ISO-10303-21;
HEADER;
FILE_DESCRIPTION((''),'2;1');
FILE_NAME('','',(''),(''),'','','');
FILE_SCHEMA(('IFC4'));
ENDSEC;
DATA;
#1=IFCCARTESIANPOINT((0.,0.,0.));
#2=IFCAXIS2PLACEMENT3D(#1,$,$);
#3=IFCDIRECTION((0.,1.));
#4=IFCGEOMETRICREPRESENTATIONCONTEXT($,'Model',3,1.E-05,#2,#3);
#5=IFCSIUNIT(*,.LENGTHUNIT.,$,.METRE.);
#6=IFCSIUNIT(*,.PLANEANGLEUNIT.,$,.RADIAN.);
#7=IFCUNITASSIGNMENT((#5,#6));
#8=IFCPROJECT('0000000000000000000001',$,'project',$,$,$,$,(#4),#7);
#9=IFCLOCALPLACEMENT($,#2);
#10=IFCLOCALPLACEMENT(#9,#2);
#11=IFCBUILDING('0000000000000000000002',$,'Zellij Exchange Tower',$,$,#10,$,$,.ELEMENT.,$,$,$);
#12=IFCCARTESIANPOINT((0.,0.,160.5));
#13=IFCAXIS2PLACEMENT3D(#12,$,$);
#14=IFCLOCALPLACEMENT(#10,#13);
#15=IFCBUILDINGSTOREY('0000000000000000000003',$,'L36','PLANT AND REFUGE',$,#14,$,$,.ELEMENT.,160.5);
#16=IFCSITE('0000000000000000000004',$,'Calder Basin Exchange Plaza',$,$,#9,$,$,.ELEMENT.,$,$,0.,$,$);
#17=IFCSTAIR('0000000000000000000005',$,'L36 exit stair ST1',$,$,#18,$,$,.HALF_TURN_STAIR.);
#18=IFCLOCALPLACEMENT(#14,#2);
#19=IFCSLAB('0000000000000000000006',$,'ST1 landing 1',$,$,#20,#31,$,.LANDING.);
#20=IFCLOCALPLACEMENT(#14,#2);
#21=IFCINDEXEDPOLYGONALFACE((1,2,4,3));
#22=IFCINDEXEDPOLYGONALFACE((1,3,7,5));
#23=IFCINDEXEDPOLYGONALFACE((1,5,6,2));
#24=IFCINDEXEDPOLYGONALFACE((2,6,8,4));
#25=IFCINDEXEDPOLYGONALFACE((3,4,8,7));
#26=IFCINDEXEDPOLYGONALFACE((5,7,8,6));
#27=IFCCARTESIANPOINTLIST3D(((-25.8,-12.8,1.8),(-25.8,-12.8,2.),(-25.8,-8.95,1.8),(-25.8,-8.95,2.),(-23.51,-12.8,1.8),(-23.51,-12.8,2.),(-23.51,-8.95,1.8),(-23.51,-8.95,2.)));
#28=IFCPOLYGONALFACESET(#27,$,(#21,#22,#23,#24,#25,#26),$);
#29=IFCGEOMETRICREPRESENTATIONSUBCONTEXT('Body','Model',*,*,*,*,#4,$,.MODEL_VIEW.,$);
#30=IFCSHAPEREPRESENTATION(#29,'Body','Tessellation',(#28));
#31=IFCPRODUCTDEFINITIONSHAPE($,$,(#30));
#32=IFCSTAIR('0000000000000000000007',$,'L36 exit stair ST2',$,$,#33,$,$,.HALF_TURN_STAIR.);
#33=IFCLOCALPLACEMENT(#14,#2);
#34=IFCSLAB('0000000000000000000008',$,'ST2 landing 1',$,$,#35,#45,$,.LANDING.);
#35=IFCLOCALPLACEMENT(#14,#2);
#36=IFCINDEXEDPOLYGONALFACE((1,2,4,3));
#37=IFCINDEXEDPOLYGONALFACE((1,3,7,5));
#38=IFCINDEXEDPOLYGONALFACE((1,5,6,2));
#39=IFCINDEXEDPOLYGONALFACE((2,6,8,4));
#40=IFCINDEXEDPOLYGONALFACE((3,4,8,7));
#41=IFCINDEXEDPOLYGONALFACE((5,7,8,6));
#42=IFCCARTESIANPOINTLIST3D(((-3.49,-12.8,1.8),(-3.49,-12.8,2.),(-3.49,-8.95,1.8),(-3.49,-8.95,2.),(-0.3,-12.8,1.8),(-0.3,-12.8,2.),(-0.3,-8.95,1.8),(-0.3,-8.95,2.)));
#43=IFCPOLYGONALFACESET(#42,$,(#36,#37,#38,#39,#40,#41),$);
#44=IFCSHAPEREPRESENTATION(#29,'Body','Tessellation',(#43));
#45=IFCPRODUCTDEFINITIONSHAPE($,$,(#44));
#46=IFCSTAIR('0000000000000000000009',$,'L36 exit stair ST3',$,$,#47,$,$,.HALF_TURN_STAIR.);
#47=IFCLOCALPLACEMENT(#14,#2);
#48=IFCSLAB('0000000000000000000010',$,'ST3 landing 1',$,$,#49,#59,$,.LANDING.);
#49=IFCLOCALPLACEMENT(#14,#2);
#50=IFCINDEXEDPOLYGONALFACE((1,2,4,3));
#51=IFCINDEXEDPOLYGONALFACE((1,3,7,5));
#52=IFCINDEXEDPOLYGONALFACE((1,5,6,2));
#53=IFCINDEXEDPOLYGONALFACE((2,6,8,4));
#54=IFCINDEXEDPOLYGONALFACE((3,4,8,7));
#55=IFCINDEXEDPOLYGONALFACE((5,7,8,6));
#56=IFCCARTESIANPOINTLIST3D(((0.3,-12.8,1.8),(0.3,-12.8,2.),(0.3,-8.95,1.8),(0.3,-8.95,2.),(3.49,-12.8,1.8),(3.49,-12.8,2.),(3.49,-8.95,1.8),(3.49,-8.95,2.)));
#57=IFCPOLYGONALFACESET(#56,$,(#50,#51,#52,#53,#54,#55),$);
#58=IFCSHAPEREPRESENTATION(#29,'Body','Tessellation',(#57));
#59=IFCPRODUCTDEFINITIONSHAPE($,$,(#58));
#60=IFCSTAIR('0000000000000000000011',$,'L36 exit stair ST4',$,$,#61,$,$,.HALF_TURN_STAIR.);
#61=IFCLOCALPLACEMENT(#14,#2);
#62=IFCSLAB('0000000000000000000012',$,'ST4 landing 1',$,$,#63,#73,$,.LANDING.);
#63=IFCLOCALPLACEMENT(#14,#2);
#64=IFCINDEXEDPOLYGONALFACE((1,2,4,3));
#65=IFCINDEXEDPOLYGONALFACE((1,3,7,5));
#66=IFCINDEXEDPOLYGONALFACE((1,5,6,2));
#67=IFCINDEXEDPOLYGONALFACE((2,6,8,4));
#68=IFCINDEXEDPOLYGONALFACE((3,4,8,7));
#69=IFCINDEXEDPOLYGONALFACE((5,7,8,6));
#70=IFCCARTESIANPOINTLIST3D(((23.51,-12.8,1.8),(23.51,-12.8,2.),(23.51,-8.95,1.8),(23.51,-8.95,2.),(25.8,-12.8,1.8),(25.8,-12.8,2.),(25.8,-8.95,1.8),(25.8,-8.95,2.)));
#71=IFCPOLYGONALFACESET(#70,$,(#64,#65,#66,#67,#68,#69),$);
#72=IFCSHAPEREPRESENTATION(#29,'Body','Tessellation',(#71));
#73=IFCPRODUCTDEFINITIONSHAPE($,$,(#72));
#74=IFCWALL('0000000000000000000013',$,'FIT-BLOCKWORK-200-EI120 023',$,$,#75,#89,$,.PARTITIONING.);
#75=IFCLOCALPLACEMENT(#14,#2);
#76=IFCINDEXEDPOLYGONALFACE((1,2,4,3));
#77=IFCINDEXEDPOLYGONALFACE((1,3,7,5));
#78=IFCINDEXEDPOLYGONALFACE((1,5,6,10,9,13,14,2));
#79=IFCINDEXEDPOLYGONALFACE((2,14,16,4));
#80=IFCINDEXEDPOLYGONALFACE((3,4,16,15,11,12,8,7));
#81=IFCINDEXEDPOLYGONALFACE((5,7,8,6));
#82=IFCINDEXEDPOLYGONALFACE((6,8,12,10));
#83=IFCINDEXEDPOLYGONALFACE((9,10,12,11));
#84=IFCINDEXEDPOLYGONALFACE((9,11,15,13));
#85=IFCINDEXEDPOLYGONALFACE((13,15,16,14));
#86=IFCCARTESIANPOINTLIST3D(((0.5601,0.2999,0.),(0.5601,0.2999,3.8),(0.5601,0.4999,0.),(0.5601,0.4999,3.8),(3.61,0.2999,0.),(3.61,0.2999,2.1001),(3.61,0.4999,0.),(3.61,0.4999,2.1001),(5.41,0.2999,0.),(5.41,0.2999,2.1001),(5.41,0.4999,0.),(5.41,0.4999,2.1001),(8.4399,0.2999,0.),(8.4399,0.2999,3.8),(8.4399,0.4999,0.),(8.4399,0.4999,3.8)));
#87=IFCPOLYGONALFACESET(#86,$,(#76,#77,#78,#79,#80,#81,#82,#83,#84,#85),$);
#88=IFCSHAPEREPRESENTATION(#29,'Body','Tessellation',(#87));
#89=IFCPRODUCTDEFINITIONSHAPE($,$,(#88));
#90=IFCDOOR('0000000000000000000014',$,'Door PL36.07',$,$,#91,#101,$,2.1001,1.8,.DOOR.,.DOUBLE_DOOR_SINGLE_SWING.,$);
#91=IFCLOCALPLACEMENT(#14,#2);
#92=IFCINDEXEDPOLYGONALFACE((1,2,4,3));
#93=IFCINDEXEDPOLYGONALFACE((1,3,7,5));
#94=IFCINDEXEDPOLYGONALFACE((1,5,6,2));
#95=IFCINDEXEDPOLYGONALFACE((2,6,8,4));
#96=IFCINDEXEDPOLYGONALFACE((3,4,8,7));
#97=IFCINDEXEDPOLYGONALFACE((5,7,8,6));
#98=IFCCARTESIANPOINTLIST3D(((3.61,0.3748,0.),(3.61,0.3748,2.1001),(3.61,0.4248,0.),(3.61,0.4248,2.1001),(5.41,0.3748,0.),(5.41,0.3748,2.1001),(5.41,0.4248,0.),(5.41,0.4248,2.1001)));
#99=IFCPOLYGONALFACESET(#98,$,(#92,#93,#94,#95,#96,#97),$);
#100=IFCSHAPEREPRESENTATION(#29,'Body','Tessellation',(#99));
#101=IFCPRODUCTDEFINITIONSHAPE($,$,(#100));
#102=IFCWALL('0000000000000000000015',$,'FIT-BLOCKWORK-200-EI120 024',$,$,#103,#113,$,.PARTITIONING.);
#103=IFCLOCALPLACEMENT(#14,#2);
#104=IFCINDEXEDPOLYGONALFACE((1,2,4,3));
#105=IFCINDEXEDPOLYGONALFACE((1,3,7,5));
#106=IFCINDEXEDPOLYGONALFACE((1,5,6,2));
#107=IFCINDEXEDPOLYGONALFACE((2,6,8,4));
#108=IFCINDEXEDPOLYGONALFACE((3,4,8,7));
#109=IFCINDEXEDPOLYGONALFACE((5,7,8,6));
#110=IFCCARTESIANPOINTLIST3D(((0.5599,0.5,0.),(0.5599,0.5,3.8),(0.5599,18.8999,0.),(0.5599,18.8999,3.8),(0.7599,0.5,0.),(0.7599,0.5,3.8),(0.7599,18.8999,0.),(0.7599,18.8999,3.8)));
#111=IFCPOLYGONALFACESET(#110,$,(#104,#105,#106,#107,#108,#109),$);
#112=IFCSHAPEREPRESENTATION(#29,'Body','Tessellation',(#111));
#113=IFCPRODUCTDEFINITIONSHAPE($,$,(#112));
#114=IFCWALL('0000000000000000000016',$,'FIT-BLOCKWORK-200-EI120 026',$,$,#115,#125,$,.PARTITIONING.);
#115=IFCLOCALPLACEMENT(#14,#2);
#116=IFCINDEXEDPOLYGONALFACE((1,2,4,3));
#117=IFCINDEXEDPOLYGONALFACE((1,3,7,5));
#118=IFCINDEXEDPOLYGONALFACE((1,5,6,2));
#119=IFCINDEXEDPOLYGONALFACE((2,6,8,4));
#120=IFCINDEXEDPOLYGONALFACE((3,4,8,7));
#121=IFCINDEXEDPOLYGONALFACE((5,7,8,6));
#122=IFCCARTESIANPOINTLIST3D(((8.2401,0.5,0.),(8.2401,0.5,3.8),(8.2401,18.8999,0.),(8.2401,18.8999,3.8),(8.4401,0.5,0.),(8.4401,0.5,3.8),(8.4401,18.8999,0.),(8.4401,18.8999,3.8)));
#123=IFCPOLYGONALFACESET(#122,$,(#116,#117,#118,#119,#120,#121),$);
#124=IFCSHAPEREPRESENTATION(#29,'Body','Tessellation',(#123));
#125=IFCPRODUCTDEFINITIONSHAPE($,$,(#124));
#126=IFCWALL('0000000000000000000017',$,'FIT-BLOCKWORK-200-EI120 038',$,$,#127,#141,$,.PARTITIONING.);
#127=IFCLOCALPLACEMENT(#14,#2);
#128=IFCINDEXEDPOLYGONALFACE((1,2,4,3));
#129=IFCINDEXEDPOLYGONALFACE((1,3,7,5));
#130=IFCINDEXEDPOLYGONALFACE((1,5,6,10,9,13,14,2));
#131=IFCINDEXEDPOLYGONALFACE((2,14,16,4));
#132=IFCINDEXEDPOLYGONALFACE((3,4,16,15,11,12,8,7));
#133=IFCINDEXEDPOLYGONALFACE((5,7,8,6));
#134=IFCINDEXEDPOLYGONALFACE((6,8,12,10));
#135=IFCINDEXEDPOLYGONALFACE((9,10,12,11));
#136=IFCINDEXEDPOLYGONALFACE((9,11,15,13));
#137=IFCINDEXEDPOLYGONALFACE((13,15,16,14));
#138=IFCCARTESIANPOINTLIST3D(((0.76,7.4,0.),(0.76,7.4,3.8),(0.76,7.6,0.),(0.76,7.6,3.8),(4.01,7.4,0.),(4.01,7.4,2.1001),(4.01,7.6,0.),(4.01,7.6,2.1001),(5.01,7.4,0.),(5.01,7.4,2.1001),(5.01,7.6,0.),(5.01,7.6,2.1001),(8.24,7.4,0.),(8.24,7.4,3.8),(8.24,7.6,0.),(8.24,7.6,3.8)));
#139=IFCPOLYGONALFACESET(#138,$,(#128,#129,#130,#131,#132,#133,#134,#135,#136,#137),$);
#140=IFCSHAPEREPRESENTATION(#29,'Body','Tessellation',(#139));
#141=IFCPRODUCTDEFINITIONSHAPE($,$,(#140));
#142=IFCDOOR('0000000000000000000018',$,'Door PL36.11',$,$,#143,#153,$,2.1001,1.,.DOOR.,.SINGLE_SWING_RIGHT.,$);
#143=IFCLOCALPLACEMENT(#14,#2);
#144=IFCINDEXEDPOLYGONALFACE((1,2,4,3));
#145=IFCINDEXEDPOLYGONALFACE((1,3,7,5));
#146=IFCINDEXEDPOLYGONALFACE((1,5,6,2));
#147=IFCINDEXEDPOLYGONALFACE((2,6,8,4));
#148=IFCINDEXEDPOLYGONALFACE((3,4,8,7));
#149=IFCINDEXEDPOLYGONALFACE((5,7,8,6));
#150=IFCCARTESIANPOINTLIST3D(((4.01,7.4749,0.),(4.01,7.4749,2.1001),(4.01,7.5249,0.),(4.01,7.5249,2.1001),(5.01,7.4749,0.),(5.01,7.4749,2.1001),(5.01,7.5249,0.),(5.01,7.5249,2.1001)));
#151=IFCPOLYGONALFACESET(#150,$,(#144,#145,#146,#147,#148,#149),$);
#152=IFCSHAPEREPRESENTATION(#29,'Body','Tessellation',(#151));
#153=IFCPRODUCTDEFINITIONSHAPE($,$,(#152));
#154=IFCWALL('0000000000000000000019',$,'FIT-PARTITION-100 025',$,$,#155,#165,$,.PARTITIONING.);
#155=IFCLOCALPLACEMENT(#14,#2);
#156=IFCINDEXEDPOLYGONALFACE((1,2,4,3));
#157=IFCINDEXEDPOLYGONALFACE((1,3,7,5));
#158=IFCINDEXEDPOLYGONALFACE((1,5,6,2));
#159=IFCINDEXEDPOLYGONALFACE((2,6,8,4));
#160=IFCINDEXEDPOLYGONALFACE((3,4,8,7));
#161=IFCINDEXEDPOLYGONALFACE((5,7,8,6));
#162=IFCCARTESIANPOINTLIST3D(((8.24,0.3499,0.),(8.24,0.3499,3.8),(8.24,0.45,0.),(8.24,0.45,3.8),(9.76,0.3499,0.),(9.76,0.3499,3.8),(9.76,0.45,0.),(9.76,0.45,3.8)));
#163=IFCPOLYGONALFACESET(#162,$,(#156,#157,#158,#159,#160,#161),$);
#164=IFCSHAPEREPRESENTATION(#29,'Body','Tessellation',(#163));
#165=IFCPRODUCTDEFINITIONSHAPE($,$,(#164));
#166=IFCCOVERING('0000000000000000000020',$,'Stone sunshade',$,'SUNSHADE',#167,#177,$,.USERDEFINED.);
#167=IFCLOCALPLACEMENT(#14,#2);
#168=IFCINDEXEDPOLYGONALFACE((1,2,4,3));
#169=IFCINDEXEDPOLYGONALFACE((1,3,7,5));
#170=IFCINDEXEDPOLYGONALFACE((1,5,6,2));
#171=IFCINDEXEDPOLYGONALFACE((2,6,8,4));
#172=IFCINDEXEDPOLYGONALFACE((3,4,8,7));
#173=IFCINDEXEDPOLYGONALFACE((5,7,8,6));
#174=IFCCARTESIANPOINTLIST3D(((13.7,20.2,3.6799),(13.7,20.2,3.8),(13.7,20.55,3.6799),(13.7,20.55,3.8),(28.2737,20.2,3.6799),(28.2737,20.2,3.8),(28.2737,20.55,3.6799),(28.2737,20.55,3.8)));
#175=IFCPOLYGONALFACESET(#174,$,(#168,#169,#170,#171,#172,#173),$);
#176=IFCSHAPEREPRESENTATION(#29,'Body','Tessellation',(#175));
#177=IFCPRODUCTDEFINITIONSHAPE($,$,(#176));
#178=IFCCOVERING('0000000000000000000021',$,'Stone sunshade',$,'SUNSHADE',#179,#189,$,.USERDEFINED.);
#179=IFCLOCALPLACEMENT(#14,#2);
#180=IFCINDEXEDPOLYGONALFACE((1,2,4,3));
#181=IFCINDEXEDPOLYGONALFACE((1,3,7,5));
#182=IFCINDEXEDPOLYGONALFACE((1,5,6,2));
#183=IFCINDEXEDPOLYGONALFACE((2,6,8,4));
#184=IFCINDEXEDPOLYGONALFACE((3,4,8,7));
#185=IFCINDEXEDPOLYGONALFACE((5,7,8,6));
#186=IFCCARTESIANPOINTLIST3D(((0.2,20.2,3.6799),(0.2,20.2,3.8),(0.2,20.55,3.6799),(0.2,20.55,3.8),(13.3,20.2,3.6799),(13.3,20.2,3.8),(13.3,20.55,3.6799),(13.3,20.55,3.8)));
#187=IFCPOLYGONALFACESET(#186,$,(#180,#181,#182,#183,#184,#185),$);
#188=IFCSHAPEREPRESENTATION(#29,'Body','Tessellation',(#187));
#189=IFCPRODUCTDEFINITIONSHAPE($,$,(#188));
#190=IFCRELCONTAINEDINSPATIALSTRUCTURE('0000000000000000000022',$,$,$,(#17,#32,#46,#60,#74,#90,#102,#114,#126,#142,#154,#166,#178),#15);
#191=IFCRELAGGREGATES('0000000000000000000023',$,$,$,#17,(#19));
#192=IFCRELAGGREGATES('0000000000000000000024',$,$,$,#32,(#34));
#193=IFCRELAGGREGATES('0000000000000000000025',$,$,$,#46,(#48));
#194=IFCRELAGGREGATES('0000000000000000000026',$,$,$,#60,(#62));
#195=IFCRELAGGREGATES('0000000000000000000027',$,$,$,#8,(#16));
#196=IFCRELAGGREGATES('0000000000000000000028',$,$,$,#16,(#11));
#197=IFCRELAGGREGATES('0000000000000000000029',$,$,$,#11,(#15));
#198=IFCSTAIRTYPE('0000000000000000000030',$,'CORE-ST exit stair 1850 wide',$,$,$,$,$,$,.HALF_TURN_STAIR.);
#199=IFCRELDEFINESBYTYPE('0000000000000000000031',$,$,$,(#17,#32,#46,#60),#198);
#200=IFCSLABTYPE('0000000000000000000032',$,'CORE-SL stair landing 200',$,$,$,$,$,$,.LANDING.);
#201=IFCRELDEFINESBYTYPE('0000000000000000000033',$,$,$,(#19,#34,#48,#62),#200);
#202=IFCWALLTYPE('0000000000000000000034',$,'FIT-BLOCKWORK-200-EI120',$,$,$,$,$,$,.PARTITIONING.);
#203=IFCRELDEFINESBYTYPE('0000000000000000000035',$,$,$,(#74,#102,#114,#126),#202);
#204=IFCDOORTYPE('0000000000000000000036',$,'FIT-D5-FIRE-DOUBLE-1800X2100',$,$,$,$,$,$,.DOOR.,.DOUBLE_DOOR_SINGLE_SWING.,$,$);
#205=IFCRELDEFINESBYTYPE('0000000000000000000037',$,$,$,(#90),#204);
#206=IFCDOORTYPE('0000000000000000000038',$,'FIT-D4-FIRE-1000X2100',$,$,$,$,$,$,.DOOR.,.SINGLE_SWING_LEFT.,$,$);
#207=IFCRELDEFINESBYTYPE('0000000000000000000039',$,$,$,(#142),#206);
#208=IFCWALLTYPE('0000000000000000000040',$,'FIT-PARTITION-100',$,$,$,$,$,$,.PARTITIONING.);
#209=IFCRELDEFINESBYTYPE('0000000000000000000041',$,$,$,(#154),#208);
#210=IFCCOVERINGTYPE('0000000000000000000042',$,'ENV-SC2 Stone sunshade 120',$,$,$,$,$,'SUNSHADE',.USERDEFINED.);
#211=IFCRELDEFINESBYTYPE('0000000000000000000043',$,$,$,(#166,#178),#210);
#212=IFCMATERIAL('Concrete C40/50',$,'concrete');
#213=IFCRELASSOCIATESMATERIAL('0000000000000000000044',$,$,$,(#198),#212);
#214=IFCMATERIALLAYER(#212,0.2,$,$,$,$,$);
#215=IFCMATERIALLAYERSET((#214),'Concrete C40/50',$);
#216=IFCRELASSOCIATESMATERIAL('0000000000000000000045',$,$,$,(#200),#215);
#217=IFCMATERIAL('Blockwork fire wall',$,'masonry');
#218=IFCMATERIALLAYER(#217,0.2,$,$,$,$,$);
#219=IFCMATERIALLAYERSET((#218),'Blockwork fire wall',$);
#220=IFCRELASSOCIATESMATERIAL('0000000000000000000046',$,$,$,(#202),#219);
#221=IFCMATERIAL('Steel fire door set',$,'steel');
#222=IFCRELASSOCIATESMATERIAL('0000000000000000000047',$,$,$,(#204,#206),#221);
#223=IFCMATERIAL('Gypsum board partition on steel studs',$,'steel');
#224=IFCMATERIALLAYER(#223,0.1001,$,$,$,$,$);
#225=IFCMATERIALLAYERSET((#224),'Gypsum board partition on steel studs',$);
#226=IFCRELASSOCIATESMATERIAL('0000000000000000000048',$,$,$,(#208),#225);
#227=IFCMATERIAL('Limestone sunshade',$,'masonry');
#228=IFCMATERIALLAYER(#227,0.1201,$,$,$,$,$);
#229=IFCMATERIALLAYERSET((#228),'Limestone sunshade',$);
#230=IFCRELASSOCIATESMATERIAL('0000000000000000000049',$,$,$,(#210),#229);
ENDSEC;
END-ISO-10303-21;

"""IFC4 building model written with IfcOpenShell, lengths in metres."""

from ifc_helpers import new_model, si_unit, direction, frame, frame_2d, origin, place, context, subcontext, project, spatial, polyline, rectangle, outline, extrude, material, layer, layer_set, type_object, element, fill, aggregate, save


model = new_model("IFC4")

# Units and contexts
model_context = context("Model", 3, precision=1e-05, world=origin(), true_north=direction((0.0, 1.0)))
body_context = subcontext(model_context, "Body", "Model", "MODEL_VIEW")
ifc_project = project(units=[si_unit("LENGTHUNIT", "METRE"), si_unit("PLANEANGLEUNIT", "RADIAN")], contexts=[model_context])

# Site, building, storey
site_placement = place(None, origin())
site = spatial("IfcSite", under=ifc_project, at=site_placement, Name="Calder Basin Exchange Plaza", CompositionType="ELEMENT", RefElevation=0.0)
building_placement = place(site_placement, origin())
building = spatial("IfcBuilding", under=site, at=building_placement, Name="Zellij Exchange Tower", CompositionType="ELEMENT")
storey_placement = place(building_placement, frame((0.0, 0.0, 160.5)))
storey = spatial("IfcBuildingStorey", under=building, at=storey_placement, Name="L36", Description="PLANT AND REFUGE", CompositionType="ELEMENT", Elevation=160.5)

# Stairs, slabs
ifc_material_1 = material(Name="Concrete C40/50", Category="concrete")
stair_type = type_object("IfcStairType", Name="CORE-ST exit stair 1850 wide", PredefinedType="HALF_TURN_STAIR", material=ifc_material_1)
stair_1_placement = place(storey_placement, origin())
stair_1 = element("IfcStair", 1, at=stair_1_placement, inside=storey, type_object=stair_type, Name="L36 exit stair ST1", PredefinedType="HALF_TURN_STAIR")
ifc_layer_1 = layer(ifc_material_1, 0.2)
ifc_layer_set_1 = layer_set([ifc_layer_1], Name="Concrete C40/50")
slab_type = type_object("IfcSlabType", Name="CORE-SL stair landing 200", PredefinedType="LANDING", material=ifc_layer_set_1)
slab_1_placement = place(storey_placement, frame((0.0, 0.0, 1.8)))
slab_1 = element("IfcSlab", 2, at=slab_1_placement, type_object=slab_type, Name="ST1 landing 1", PredefinedType="LANDING", context=body_context, shape_type="SweptSolid", body=[
    extrude(outline(polyline([(-23.51, -8.95), (-25.8, -8.95), (-25.8, -12.8), (-23.51, -12.8), (-23.51, -8.95)])), origin(), (0.0, 0.0, 1.0), 0.2),
])
aggregate(stair_1, [slab_1])
stair_2_placement = place(storey_placement, origin())
stair_2 = element("IfcStair", 3, at=stair_2_placement, inside=storey, type_object=stair_type, Name="L36 exit stair ST2", PredefinedType="HALF_TURN_STAIR")
slab_2_placement = place(storey_placement, frame((0.0, 0.0, 1.8)))
slab_2 = element("IfcSlab", 4, at=slab_2_placement, type_object=slab_type, Name="ST2 landing 1", PredefinedType="LANDING", context=body_context, shape_type="SweptSolid", body=[
    extrude(outline(polyline([(-3.49, -12.8), (-0.3, -12.8), (-0.3, -8.95), (-3.49, -8.95), (-3.49, -12.8)])), origin(), (0.0, 0.0, 1.0), 0.2),
])
aggregate(stair_2, [slab_2])
stair_3_placement = place(storey_placement, origin())
stair_3 = element("IfcStair", 5, at=stair_3_placement, inside=storey, type_object=stair_type, Name="L36 exit stair ST3", PredefinedType="HALF_TURN_STAIR")
slab_3_placement = place(storey_placement, frame((0.0, 0.0, 1.8)))
slab_3 = element("IfcSlab", 6, at=slab_3_placement, type_object=slab_type, Name="ST3 landing 1", PredefinedType="LANDING", context=body_context, shape_type="SweptSolid", body=[
    extrude(outline(polyline([(3.49, -8.95), (0.3, -8.95), (0.3, -12.8), (3.49, -12.8), (3.49, -8.95)])), origin(), (0.0, 0.0, 1.0), 0.2),
])
aggregate(stair_3, [slab_3])
stair_4_placement = place(storey_placement, origin())
stair_4 = element("IfcStair", 7, at=stair_4_placement, inside=storey, type_object=stair_type, Name="L36 exit stair ST4", PredefinedType="HALF_TURN_STAIR")
slab_4_placement = place(storey_placement, frame((0.0, 0.0, 1.8)))
slab_4 = element("IfcSlab", 8, at=slab_4_placement, type_object=slab_type, Name="ST4 landing 1", PredefinedType="LANDING", context=body_context, shape_type="SweptSolid", body=[
    extrude(outline(polyline([(23.51, -12.8), (25.8, -12.8), (25.8, -8.95), (23.51, -8.95), (23.51, -12.8)])), origin(), (0.0, 0.0, 1.0), 0.2),
])
aggregate(stair_4, [slab_4])

# Wall, opening, door
ifc_material_2 = material(Name="Blockwork fire wall", Category="masonry")
ifc_layer_2 = layer(ifc_material_2, 0.2)
ifc_layer_set_2 = layer_set([ifc_layer_2], Name="Blockwork fire wall")
wall_type_1 = type_object("IfcWallType", Name="FIT-BLOCKWORK-200-EI120", PredefinedType="PARTITIONING", material=ifc_layer_set_2)
wall_1_placement = place(storey_placement, frame((0.5601, 0.3999, 0.0), z_axis=(0.0, 0.0, 1.0), x_axis=(1.0, 0.0, 0.0)))
wall_1 = element("IfcWall", 9, at=wall_1_placement, inside=storey, type_object=wall_type_1, Name="FIT-BLOCKWORK-200-EI120 023", PredefinedType="PARTITIONING", context=body_context, shape_type="SweptSolid", body=[
    extrude(rectangle(XDim=7.8799, YDim=0.2, at=frame_2d((3.9399, 0.0))), origin(), (0.0, 0.0, 1.0), 3.8),
])
opening_1_placement = place(wall_1_placement, frame((3.05, 0.0, 0.0)))
opening_1 = element("IfcOpeningElement", 10, at=opening_1_placement, cuts=wall_1, PredefinedType="OPENING", context=body_context, shape_type="SweptSolid", body=[
    extrude(rectangle(XDim=1.8, YDim=2.1001, at=frame_2d((0.8999, 1.05))), frame((0.0, 0.1118, 0.0), z_axis=(0.0, -1.0, 0.0), x_axis=(1.0, 0.0, 0.0)), (0.0, 0.0, 1.0), 0.2239),
])
ifc_material_3 = material(Name="Steel fire door set", Category="steel")
door_type_1 = type_object("IfcDoorType", Name="FIT-D5-FIRE-DOUBLE-1800X2100", OperationType="DOUBLE_DOOR_SINGLE_SWING", PredefinedType="DOOR", material=ifc_material_3)
door_1_placement = place(opening_1_placement, origin())
door_1 = element("IfcDoor", 11, at=door_1_placement, inside=storey, type_object=door_type_1, Name="Door PL36.07", OperationType="DOUBLE_DOOR_SINGLE_SWING", OverallHeight=2.1001, OverallWidth=1.8, PredefinedType="DOOR", context=body_context, shape_type="SweptSolid", body=[
    extrude(rectangle(XDim=1.8, YDim=2.1001, at=frame_2d((0.8999, 1.05))), frame((0.0, 0.0249, 0.0), z_axis=(0.0, -1.0, 0.0), x_axis=(1.0, 0.0, 0.0)), (0.0, 0.0, 1.0), 0.05),
])
fill(opening_1, door_1)

# Walls
for number, where, z_axis, x_axis, name in (
    (12, (0.6599, 0.5, 0.0), (0.0, 0.0, 1.0), (0.0, 1.0, 0.0), "FIT-BLOCKWORK-200-EI120 024"),
    (13, (8.3401, 0.5, 0.0), (0.0, 0.0, 1.0), (0.0, 1.0, 0.0), "FIT-BLOCKWORK-200-EI120 026"),
):
    element("IfcWall", number, at=place(storey_placement, frame(where, z_axis=z_axis, x_axis=x_axis)), inside=storey, type_object=wall_type_1, Name=name, PredefinedType="PARTITIONING", context=body_context, shape_type="SweptSolid", body=[
        extrude(rectangle(XDim=18.3999, YDim=0.2, at=frame_2d((9.2, 0.0))), origin(), (0.0, 0.0, 1.0), 3.8),
    ])

# Wall, opening, door
wall_2_placement = place(storey_placement, frame((0.76, 7.5, 0.0), z_axis=(0.0, 0.0, 1.0), x_axis=(1.0, 0.0, 0.0)))
wall_2 = element("IfcWall", 14, at=wall_2_placement, inside=storey, type_object=wall_type_1, Name="FIT-BLOCKWORK-200-EI120 038", PredefinedType="PARTITIONING", context=body_context, shape_type="SweptSolid", body=[
    extrude(rectangle(XDim=7.48, YDim=0.2, at=frame_2d((3.74, 0.0))), origin(), (0.0, 0.0, 1.0), 3.8),
])
opening_2_placement = place(wall_2_placement, frame((3.25, 0.0, 0.0)))
opening_2 = element("IfcOpeningElement", 15, at=opening_2_placement, cuts=wall_2, PredefinedType="OPENING", context=body_context, shape_type="SweptSolid", body=[
    extrude(rectangle(XDim=1.0, YDim=2.1001, at=frame_2d((0.5, 1.05))), frame((0.0, 0.1118, 0.0), z_axis=(0.0, -1.0, 0.0), x_axis=(1.0, 0.0, 0.0)), (0.0, 0.0, 1.0), 0.2239),
])
door_type_2 = type_object("IfcDoorType", Name="FIT-D4-FIRE-1000X2100", OperationType="SINGLE_SWING_LEFT", PredefinedType="DOOR", material=ifc_material_3)
door_2_placement = place(opening_2_placement, origin())
door_2 = element("IfcDoor", 16, at=door_2_placement, inside=storey, type_object=door_type_2, Name="Door PL36.11", OperationType="SINGLE_SWING_RIGHT", OverallHeight=2.1001, OverallWidth=1.0, PredefinedType="DOOR", context=body_context, shape_type="SweptSolid", body=[
    extrude(rectangle(XDim=1.0, YDim=2.1001, at=frame_2d((0.5, 1.05))), frame((0.0, 0.0249, 0.0), z_axis=(0.0, -1.0, 0.0), x_axis=(1.0, 0.0, 0.0)), (0.0, 0.0, 1.0), 0.05),
])
fill(opening_2, door_2)

# Wall
ifc_material_4 = material(Name="Gypsum board partition on steel studs", Category="steel")
ifc_layer_3 = layer(ifc_material_4, 0.1001)
ifc_layer_set_3 = layer_set([ifc_layer_3], Name="Gypsum board partition on steel studs")
wall_type_2 = type_object("IfcWallType", Name="FIT-PARTITION-100", PredefinedType="PARTITIONING", material=ifc_layer_set_3)
wall_3_placement = place(storey_placement, frame((8.24, 0.3999, 0.0), z_axis=(0.0, 0.0, 1.0), x_axis=(1.0, 0.0, 0.0)))
element("IfcWall", 17, at=wall_3_placement, inside=storey, type_object=wall_type_2, Name="FIT-PARTITION-100 025", PredefinedType="PARTITIONING", context=body_context, shape_type="SweptSolid", body=[
    extrude(rectangle(XDim=1.52, YDim=0.1001, at=frame_2d((0.76, 0.0))), origin(), (0.0, 0.0, 1.0), 3.8),
])

# Coverings
ifc_material_5 = material(Name="Limestone sunshade", Category="masonry")
ifc_layer_4 = layer(ifc_material_5, 0.1201)
ifc_layer_set_4 = layer_set([ifc_layer_4], Name="Limestone sunshade")
covering_type = type_object("IfcCoveringType", Name="ENV-SC2 Stone sunshade 120", ElementType="SUNSHADE", PredefinedType="USERDEFINED", material=ifc_layer_set_4)
covering_1_placement = place(storey_placement, frame((0.0, 0.0, 3.6799)))
element("IfcCovering", 18, at=covering_1_placement, inside=storey, type_object=covering_type, Name="Stone sunshade", ObjectType="SUNSHADE", PredefinedType="USERDEFINED", context=body_context, shape_type="SweptSolid", body=[
    extrude(outline(polyline([(28.2737, 20.2), (13.7, 20.2), (13.7, 20.55), (28.2737, 20.55), (28.2737, 20.2)])), origin(), (0.0, 0.0, 1.0), 0.1201),
])
covering_2_placement = place(storey_placement, frame((0.0, 0.0, 3.6799)))
element("IfcCovering", 19, at=covering_2_placement, inside=storey, type_object=covering_type, Name="Stone sunshade", ObjectType="SUNSHADE", PredefinedType="USERDEFINED", context=body_context, shape_type="SweptSolid", body=[
    extrude(outline(polyline([(13.3, 20.2), (0.2, 20.2), (0.2, 20.55), (13.3, 20.55), (13.3, 20.2)])), origin(), (0.0, 0.0, 1.0), 0.1201),
])

save(model, "model.ifc")
